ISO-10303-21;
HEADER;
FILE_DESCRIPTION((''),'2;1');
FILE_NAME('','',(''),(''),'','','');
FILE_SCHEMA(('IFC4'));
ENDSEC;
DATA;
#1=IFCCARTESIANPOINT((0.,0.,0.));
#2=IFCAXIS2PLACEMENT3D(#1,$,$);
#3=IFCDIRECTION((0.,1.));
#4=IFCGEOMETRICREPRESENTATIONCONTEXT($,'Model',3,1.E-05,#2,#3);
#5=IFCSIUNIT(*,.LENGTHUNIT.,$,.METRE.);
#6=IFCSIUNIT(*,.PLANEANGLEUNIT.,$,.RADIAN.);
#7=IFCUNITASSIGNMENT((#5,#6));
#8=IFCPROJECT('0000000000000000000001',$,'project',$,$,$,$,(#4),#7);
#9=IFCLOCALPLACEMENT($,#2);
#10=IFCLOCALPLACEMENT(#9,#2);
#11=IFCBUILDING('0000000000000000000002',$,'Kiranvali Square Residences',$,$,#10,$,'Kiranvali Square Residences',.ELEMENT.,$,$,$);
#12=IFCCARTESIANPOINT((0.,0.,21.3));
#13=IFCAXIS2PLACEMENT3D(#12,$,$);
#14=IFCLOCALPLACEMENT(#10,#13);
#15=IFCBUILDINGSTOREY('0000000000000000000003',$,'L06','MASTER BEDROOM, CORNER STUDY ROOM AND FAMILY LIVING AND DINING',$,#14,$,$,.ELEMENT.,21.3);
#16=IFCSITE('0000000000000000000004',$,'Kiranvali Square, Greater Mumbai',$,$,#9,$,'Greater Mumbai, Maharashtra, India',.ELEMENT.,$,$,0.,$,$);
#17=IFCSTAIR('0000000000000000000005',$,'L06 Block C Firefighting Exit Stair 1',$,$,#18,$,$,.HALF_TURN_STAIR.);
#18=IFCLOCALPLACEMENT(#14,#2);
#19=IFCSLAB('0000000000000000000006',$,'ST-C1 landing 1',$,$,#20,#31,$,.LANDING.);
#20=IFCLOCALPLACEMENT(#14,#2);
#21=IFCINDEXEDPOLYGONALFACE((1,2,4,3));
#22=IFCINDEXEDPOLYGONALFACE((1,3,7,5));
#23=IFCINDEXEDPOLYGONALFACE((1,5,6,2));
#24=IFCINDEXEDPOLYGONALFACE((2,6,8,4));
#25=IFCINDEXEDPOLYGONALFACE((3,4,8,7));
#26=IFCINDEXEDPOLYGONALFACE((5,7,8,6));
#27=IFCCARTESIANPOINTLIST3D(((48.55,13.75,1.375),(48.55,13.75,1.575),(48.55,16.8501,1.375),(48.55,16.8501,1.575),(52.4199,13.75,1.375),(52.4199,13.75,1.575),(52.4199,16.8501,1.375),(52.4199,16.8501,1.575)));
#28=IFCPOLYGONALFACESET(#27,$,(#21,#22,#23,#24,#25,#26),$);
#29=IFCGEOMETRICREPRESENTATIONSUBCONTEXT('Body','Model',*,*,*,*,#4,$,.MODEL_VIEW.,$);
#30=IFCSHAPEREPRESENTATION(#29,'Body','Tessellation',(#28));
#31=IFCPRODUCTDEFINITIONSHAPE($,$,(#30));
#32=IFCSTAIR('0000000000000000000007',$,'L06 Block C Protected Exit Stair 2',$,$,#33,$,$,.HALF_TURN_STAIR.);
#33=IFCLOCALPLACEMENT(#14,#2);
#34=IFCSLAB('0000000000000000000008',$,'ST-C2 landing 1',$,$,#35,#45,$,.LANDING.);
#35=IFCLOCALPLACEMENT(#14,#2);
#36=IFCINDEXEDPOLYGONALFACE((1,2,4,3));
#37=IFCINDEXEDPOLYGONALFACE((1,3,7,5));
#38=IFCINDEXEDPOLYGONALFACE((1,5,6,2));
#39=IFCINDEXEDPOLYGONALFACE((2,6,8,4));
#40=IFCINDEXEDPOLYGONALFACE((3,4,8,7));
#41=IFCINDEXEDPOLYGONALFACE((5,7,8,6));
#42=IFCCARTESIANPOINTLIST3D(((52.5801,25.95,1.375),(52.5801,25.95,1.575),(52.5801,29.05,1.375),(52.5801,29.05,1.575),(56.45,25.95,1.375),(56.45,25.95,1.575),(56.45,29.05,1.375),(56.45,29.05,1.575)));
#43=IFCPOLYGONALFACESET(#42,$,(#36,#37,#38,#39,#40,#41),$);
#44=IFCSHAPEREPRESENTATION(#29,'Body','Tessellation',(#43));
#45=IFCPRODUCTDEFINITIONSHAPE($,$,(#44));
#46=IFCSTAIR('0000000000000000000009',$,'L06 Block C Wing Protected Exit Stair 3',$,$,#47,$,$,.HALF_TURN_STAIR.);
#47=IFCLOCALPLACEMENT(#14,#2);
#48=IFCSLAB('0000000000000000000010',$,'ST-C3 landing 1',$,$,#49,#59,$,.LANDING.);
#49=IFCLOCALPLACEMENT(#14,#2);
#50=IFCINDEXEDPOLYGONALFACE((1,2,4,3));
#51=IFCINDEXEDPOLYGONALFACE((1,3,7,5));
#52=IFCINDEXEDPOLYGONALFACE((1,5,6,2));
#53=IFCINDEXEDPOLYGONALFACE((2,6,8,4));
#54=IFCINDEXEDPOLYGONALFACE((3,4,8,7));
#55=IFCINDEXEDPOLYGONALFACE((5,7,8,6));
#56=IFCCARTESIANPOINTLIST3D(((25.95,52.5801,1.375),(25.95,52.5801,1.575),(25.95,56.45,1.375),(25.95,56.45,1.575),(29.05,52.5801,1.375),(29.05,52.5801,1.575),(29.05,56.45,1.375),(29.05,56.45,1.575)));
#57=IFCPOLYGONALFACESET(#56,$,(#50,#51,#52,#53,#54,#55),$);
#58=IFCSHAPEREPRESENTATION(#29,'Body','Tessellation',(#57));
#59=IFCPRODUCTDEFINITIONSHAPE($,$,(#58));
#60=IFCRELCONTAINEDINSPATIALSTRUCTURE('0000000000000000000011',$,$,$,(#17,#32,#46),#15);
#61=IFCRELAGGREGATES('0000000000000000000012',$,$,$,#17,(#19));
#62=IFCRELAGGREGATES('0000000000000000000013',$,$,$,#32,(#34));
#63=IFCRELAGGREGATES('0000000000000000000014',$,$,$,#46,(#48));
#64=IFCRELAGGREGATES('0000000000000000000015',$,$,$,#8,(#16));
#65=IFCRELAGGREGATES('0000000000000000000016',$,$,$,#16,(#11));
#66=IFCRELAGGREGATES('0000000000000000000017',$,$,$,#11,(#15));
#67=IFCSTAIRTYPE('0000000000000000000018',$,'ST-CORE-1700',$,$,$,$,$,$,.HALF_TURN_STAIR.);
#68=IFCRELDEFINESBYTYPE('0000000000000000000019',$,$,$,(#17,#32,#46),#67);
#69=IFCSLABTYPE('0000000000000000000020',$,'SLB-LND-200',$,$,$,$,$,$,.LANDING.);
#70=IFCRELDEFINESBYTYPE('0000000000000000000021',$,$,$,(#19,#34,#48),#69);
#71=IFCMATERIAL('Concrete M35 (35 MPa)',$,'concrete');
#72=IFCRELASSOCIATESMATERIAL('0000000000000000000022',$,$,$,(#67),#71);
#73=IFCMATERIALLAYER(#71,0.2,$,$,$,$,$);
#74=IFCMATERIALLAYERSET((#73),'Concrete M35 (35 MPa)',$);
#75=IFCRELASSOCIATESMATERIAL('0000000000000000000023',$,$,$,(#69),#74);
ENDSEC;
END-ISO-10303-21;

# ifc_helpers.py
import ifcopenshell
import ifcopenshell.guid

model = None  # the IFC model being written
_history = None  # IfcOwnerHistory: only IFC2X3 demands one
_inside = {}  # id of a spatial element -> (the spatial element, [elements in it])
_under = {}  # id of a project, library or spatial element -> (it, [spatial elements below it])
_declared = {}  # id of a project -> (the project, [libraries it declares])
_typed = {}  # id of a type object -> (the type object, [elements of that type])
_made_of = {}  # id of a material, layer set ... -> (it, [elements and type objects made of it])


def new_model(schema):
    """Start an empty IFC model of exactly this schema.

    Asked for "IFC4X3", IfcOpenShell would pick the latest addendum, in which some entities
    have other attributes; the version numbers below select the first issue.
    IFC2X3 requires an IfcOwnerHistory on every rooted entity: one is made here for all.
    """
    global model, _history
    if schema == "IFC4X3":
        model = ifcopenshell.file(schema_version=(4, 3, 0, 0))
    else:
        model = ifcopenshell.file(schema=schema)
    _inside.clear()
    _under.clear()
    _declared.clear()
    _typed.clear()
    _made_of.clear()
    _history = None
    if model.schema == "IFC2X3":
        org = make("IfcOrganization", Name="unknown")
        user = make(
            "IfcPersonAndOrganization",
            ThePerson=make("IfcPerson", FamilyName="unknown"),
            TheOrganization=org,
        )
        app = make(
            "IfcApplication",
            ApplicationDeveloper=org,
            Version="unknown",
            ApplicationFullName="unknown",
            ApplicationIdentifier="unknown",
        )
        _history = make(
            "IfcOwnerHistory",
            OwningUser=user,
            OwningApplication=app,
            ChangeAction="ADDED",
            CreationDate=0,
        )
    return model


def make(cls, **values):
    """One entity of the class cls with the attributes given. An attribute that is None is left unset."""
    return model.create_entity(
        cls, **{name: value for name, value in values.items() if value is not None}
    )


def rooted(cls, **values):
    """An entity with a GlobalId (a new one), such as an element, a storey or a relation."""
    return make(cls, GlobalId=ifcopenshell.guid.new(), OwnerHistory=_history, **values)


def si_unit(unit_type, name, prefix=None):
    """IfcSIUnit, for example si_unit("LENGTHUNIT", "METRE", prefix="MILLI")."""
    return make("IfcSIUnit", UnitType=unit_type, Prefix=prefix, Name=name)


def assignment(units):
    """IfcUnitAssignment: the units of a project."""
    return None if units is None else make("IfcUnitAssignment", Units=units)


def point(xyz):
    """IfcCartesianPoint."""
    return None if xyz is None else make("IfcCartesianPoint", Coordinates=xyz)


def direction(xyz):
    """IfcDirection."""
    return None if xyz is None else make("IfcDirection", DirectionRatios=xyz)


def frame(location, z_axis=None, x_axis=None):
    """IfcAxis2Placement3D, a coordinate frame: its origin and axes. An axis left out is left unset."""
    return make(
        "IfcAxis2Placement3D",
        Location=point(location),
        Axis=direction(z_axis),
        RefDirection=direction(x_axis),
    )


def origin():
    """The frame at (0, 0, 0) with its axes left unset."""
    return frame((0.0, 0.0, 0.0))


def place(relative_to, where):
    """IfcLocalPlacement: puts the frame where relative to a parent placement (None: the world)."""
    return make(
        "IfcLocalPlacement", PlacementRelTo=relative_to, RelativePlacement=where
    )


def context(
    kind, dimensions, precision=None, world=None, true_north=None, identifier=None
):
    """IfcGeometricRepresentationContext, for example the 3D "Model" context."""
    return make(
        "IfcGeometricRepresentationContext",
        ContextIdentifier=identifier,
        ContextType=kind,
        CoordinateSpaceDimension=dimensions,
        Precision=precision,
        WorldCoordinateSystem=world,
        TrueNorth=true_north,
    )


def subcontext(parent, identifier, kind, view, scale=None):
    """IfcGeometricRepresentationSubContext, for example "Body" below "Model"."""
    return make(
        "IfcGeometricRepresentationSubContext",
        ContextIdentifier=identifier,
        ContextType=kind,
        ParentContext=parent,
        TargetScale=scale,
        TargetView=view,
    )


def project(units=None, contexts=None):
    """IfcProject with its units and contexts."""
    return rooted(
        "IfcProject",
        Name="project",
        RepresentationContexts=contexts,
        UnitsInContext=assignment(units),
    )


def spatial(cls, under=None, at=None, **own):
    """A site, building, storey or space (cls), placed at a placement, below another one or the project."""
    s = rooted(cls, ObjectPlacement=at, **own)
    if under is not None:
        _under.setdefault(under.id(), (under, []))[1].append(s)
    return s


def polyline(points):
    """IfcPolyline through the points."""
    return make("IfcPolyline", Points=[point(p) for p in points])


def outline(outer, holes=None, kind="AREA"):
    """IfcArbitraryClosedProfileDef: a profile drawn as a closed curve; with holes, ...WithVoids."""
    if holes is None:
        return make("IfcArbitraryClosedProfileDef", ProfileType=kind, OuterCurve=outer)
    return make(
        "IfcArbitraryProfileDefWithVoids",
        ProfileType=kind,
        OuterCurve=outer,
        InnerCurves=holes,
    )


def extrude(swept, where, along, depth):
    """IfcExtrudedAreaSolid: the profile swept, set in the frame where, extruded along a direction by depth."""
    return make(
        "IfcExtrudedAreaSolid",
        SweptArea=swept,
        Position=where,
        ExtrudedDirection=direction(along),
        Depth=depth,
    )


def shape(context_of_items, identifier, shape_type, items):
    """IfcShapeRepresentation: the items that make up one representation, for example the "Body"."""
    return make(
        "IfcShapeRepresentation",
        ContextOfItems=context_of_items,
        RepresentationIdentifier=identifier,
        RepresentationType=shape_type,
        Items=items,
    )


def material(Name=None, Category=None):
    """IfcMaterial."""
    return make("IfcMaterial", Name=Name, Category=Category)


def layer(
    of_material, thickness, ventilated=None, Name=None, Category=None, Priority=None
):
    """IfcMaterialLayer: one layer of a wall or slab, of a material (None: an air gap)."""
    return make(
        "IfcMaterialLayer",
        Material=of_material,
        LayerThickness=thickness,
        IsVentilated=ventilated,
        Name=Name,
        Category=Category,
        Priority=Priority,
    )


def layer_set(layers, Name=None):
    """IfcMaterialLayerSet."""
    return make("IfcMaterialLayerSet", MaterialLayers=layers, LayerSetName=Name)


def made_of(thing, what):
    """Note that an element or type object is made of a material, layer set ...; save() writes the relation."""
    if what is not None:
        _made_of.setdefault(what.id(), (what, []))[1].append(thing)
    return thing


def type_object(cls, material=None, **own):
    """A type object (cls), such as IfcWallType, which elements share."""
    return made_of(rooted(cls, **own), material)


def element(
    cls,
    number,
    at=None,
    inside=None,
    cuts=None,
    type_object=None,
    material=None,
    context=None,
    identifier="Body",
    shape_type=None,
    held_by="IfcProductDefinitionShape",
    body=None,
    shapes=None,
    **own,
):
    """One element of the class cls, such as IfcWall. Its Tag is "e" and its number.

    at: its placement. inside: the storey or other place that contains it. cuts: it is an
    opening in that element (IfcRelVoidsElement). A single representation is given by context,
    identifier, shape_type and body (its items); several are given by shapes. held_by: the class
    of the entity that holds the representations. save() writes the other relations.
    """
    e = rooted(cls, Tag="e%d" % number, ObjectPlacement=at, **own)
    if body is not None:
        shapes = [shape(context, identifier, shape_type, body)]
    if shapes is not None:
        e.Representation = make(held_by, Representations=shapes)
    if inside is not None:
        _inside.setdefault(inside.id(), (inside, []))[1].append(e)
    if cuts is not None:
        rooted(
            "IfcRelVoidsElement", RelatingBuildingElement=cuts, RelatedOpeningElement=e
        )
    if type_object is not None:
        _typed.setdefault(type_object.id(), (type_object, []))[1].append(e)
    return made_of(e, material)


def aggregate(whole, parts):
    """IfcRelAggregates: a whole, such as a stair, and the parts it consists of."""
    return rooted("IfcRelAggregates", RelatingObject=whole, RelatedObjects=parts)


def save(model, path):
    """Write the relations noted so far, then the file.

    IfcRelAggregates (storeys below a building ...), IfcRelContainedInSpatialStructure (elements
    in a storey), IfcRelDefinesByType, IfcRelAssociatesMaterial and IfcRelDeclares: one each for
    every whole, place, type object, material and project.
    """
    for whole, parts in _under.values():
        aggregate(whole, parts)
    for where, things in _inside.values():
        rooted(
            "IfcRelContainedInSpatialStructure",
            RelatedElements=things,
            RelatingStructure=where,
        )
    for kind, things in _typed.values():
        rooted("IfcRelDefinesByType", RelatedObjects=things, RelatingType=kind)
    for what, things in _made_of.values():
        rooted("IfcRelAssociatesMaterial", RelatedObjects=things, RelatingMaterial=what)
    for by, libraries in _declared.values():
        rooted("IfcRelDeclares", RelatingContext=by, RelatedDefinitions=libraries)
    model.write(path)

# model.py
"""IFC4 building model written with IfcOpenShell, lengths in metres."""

from ifc_helpers import new_model, si_unit, direction, frame, origin, place, context, subcontext, project, spatial, polyline, outline, extrude, material, layer, layer_set, type_object, element, aggregate, save


model = new_model("IFC4")

# Units and contexts
model_context = context("Model", 3, precision=1e-05, world=origin(), true_north=direction((0.0, 1.0)))
body_context = subcontext(model_context, "Body", "Model", "MODEL_VIEW")
ifc_project = project(units=[si_unit("LENGTHUNIT", "METRE"), si_unit("PLANEANGLEUNIT", "RADIAN")], contexts=[model_context])

# Site, building, storey
site_placement = place(None, origin())
site = spatial("IfcSite", under=ifc_project, at=site_placement, Name="Kiranvali Square, Greater Mumbai", LongName="Greater Mumbai, Maharashtra, India", CompositionType="ELEMENT", RefElevation=0.0)
building_placement = place(site_placement, origin())
building = spatial("IfcBuilding", under=site, at=building_placement, Name="Kiranvali Square Residences", LongName="Kiranvali Square Residences", CompositionType="ELEMENT")
storey_placement = place(building_placement, frame((0.0, 0.0, 21.3)))
storey = spatial("IfcBuildingStorey", under=building, at=storey_placement, Name="L06", Description="MASTER BEDROOM, CORNER STUDY ROOM AND FAMILY LIVING AND DINING", CompositionType="ELEMENT", Elevation=21.3)

# Stairs, slabs
ifc_material_1 = material(Name="Concrete M35 (35 MPa)", Category="concrete")
stair_type = type_object("IfcStairType", Name="ST-CORE-1700", PredefinedType="HALF_TURN_STAIR", material=ifc_material_1)
ifc_layer_1 = layer(ifc_material_1, 0.2)
ifc_layer_set_1 = layer_set([ifc_layer_1], Name="Concrete M35 (35 MPa)")
slab_type = type_object("IfcSlabType", Name="SLB-LND-200", PredefinedType="LANDING", material=ifc_layer_set_1)
stair_1_placement = place(storey_placement, origin())
stair_1 = element("IfcStair", 1, at=stair_1_placement, inside=storey, type_object=stair_type, Name="L06 Block C Firefighting Exit Stair 1", PredefinedType="HALF_TURN_STAIR")
slab_1_placement = place(storey_placement, frame((0.0, 0.0, 1.375)))
slab_1 = element("IfcSlab", 2, at=slab_1_placement, type_object=slab_type, Name="ST-C1 landing 1", PredefinedType="LANDING", context=body_context, shape_type="SweptSolid", body=[
    extrude(outline(polyline([(52.4199, 16.8501), (48.55, 16.8501), (48.55, 13.75), (52.4199, 13.75), (52.4199, 16.8501)])), origin(), (0.0, 0.0, 1.0), 0.2),
])
aggregate(stair_1, [slab_1])
stair_2_placement = place(storey_placement, origin())
stair_2 = element("IfcStair", 3, at=stair_2_placement, inside=storey, type_object=stair_type, Name="L06 Block C Protected Exit Stair 2", PredefinedType="HALF_TURN_STAIR")
slab_2_placement = place(storey_placement, frame((0.0, 0.0, 1.375)))
slab_2 = element("IfcSlab", 4, at=slab_2_placement, type_object=slab_type, Name="ST-C2 landing 1", PredefinedType="LANDING", context=body_context, shape_type="SweptSolid", body=[
    extrude(outline(polyline([(52.5801, 25.95), (56.45, 25.95), (56.45, 29.05), (52.5801, 29.05), (52.5801, 25.95)])), origin(), (0.0, 0.0, 1.0), 0.2),
])
aggregate(stair_2, [slab_2])
stair_3_placement = place(storey_placement, origin())
stair_3 = element("IfcStair", 5, at=stair_3_placement, inside=storey, type_object=stair_type, Name="L06 Block C Wing Protected Exit Stair 3", PredefinedType="HALF_TURN_STAIR")
slab_3_placement = place(storey_placement, frame((0.0, 0.0, 1.375)))
slab_3 = element("IfcSlab", 6, at=slab_3_placement, type_object=slab_type, Name="ST-C3 landing 1", PredefinedType="LANDING", context=body_context, shape_type="SweptSolid", body=[
    extrude(outline(polyline([(29.05, 52.5801), (29.05, 56.45), (25.95, 56.45), (25.95, 52.5801), (29.05, 52.5801)])), origin(), (0.0, 0.0, 1.0), 0.2),
])
aggregate(stair_3, [slab_3])

save(model, "model.ifc")
